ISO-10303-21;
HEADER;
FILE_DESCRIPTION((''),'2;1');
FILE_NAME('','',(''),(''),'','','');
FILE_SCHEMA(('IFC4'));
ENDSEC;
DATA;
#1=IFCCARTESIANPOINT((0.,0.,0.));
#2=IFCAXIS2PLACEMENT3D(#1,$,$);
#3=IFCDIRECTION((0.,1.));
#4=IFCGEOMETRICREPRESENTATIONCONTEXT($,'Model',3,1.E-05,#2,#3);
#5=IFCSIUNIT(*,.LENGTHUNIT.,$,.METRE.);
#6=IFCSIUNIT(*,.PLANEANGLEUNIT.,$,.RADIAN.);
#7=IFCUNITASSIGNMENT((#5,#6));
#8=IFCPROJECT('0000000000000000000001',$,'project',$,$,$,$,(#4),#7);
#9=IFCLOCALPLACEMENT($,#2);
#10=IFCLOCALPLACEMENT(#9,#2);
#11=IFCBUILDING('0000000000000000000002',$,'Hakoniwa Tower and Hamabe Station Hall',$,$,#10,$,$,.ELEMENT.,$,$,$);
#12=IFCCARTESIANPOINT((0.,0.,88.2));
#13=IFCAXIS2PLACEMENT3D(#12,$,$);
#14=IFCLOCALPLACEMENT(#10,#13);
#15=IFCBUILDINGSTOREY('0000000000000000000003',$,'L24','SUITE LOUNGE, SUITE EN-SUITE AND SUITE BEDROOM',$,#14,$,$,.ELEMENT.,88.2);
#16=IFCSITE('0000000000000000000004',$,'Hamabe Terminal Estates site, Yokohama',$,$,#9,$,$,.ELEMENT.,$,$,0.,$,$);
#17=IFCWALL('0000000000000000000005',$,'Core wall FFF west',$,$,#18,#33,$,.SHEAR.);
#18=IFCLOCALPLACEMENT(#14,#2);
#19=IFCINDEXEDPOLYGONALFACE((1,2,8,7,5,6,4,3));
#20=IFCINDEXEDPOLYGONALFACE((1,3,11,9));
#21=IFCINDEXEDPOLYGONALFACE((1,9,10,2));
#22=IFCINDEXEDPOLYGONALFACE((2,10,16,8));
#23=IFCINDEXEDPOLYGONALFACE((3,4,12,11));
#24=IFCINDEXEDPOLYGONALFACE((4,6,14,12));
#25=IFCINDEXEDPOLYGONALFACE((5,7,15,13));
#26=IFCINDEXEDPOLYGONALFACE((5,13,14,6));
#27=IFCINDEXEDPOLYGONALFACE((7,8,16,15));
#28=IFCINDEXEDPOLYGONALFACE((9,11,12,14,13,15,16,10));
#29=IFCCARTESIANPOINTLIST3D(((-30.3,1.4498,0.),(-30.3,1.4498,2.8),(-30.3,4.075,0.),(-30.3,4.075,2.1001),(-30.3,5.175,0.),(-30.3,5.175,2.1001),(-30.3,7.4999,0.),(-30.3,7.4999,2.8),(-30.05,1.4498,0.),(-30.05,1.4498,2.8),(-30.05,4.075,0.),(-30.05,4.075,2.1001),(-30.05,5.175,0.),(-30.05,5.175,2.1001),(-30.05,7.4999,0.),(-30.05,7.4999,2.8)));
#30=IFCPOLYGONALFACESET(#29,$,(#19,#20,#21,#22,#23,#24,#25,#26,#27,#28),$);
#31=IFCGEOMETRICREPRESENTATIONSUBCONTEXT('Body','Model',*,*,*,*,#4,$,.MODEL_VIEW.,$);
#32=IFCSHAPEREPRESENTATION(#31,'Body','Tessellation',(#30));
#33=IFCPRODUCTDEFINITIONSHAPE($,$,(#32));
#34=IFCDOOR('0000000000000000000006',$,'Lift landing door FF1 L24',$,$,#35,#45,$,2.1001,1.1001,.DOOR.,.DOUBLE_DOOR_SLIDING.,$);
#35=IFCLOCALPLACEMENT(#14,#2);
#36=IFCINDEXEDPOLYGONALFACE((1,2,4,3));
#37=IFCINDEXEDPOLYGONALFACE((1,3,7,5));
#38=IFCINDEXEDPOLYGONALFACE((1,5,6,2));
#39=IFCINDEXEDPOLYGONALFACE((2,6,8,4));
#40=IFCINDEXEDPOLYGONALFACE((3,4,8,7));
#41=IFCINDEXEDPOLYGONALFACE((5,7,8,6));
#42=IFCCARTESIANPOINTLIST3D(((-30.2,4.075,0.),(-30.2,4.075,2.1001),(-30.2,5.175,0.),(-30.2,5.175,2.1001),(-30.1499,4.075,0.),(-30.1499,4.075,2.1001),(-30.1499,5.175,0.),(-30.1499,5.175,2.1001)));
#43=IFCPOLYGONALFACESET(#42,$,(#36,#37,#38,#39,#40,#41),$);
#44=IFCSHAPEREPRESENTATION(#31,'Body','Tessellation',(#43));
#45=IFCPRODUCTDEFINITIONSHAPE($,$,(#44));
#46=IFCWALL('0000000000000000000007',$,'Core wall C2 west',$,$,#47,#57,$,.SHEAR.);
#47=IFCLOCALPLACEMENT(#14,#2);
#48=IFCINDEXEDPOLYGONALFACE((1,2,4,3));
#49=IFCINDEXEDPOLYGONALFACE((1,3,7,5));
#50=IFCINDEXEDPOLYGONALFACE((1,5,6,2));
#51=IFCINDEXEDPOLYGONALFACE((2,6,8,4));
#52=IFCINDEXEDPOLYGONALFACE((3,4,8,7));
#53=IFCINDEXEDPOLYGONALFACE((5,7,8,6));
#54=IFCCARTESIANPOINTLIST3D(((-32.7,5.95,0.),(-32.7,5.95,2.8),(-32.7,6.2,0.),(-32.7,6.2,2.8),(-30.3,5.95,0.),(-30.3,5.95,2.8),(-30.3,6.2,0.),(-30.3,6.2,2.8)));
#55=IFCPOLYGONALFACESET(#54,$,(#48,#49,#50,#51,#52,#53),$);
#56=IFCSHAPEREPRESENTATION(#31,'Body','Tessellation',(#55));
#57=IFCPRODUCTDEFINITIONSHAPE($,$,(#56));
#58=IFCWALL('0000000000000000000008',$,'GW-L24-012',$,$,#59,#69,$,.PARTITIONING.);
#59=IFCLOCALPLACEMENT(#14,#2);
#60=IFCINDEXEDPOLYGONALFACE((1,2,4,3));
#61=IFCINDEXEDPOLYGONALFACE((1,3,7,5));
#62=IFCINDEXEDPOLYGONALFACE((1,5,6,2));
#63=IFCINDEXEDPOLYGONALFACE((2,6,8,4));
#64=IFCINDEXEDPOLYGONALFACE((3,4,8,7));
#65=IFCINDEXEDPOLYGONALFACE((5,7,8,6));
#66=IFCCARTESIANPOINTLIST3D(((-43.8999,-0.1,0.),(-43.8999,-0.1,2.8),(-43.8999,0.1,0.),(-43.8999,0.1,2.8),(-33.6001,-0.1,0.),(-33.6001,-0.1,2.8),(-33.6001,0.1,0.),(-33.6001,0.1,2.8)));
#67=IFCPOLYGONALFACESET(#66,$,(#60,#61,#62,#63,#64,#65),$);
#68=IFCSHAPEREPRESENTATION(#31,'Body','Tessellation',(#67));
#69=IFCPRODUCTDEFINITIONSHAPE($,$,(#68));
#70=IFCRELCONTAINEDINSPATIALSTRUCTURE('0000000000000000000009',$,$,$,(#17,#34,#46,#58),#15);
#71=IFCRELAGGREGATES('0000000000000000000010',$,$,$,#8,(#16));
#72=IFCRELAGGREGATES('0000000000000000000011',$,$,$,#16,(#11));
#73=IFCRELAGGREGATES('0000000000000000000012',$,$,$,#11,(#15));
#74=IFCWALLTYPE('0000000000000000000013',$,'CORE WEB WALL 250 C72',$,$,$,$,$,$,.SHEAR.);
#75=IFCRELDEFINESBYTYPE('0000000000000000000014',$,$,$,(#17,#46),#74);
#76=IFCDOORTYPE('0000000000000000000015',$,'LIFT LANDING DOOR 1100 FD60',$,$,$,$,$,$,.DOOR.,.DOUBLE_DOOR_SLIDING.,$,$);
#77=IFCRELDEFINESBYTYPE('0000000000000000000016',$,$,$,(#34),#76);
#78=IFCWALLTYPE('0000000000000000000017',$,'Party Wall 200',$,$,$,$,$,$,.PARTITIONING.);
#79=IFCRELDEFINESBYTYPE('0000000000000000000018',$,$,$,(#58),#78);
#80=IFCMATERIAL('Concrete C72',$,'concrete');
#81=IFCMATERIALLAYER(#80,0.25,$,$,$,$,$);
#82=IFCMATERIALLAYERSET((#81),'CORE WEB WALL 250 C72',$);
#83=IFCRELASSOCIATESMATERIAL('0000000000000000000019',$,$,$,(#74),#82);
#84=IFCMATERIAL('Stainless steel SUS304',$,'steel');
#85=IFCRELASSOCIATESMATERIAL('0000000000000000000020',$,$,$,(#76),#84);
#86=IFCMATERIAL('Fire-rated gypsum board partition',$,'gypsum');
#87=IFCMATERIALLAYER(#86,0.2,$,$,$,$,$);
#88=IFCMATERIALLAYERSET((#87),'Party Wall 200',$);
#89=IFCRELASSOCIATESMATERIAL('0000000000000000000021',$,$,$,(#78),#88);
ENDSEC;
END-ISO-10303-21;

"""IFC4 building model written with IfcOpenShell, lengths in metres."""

from ifc_helpers import new_model, si_unit, direction, frame, frame_2d, origin, place, context, subcontext, project, spatial, rectangle, extrude, material, layer, layer_set, type_object, element, fill, save


model = new_model("IFC4")

# Units and contexts
model_context = context("Model", 3, precision=1e-05, world=origin(), true_north=direction((0.0, 1.0)))
body_context = subcontext(model_context, "Body", "Model", "MODEL_VIEW")
ifc_project = project(units=[si_unit("LENGTHUNIT", "METRE"), si_unit("PLANEANGLEUNIT", "RADIAN")], contexts=[model_context])

# Site, building, storey
site_placement = place(None, origin())
site = spatial("IfcSite", under=ifc_project, at=site_placement, Name="Hamabe Terminal Estates site, Yokohama", CompositionType="ELEMENT", RefElevation=0.0)
building_placement = place(site_placement, origin())
building = spatial("IfcBuilding", under=site, at=building_placement, Name="Hakoniwa Tower and Hamabe Station Hall", CompositionType="ELEMENT")
storey_placement = place(building_placement, frame((0.0, 0.0, 88.2)))
storey = spatial("IfcBuildingStorey", under=building, at=storey_placement, Name="L24", Description="SUITE LOUNGE, SUITE EN-SUITE AND SUITE BEDROOM", CompositionType="ELEMENT", Elevation=88.2)

# Shared definitions
ifc_material_1 = material(Name="Concrete C72", Category="concrete")
ifc_layer_1 = layer(ifc_material_1, 0.25)
ifc_layer_set_1 = layer_set([ifc_layer_1], Name="CORE WEB WALL 250 C72")
wall_type_1 = type_object("IfcWallType", Name="CORE WEB WALL 250 C72", PredefinedType="SHEAR", material=ifc_layer_set_1)
ifc_material_2 = material(Name="Stainless steel SUS304", Category="steel")
door_type_1 = type_object("IfcDoorType", Name="LIFT LANDING DOOR 1100 FD60", OperationType="DOUBLE_DOOR_SLIDING", PredefinedType="DOOR", material=ifc_material_2)

# Wall, opening, door
wall_1_placement = place(storey_placement, frame((-30.175, 1.45, 0.0), z_axis=(0.0, 0.0, 1.0), x_axis=(0.0, 1.0, 0.0)))
wall_1 = element("IfcWall", 1, at=wall_1_placement, inside=storey, type_object=wall_type_1, Name="Core wall FFF west", PredefinedType="SHEAR", context=body_context, shape_type="SweptSolid", body=[
    extrude(rectangle(XDim=6.05, YDim=0.25, at=frame_2d((3.0249, 0.0))), origin(), (0.0, 0.0, 1.0), 2.8),
])
opening_1_placement = place(wall_1_placement, frame((2.625, 0.0, 0.0)))
opening_1 = element("IfcOpeningElement", 2, at=opening_1_placement, cuts=wall_1, PredefinedType="OPENING", context=body_context, shape_type="SweptSolid", body=[
    extrude(rectangle(XDim=1.1001, YDim=2.1001, at=frame_2d((0.55, 1.05))), frame((0.0, 0.135, 0.0), z_axis=(0.0, -1.0, 0.0), x_axis=(1.0, 0.0, 0.0)), (0.0, 0.0, 1.0), 0.27),
])
door_1_placement = place(opening_1_placement, origin())
door_1 = element("IfcDoor", 3, at=door_1_placement, inside=storey, type_object=door_type_1, Name="Lift landing door FF1 L24", OperationType="DOUBLE_DOOR_SLIDING", OverallHeight=2.1001, OverallWidth=1.1001, PredefinedType="DOOR", context=body_context, shape_type="SweptSolid", body=[
    extrude(rectangle(XDim=1.1001, YDim=2.1001, at=frame_2d((0.55, 1.05))), frame((0.0, 0.0249, 0.0), z_axis=(0.0, -1.0, 0.0), x_axis=(1.0, 0.0, 0.0)), (0.0, 0.0, 1.0), 0.05),
])
fill(opening_1, door_1)

# Walls
wall_2_placement = place(storey_placement, frame((-32.7, 6.075, 0.0), z_axis=(0.0, 0.0, 1.0), x_axis=(1.0, 0.0, 0.0)))
element("IfcWall", 4, at=wall_2_placement, inside=storey, type_object=wall_type_1, Name="Core wall C2 west", PredefinedType="SHEAR", context=body_context, shape_type="SweptSolid", body=[
    extrude(rectangle(XDim=2.3999, YDim=0.25, at=frame_2d((1.2, 0.0))), origin(), (0.0, 0.0, 1.0), 2.8),
])
ifc_material_3 = material(Name="Fire-rated gypsum board partition", Category="gypsum")
ifc_layer_2 = layer(ifc_material_3, 0.2)
ifc_layer_set_2 = layer_set([ifc_layer_2], Name="Party Wall 200")
wall_type_2 = type_object("IfcWallType", Name="Party Wall 200", PredefinedType="PARTITIONING", material=ifc_layer_set_2)
wall_3_placement = place(storey_placement, frame((-43.8999, 0.0, 0.0), z_axis=(0.0, 0.0, 1.0), x_axis=(1.0, 0.0, 0.0)))
element("IfcWall", 5, at=wall_3_placement, inside=storey, type_object=wall_type_2, Name="GW-L24-012", PredefinedType="PARTITIONING", context=body_context, shape_type="SweptSolid", body=[
    extrude(rectangle(XDim=10.2998, YDim=0.2, at=frame_2d((5.1499, 0.0))), origin(), (0.0, 0.0, 1.0), 2.8),
])

save(model, "model.ifc")
